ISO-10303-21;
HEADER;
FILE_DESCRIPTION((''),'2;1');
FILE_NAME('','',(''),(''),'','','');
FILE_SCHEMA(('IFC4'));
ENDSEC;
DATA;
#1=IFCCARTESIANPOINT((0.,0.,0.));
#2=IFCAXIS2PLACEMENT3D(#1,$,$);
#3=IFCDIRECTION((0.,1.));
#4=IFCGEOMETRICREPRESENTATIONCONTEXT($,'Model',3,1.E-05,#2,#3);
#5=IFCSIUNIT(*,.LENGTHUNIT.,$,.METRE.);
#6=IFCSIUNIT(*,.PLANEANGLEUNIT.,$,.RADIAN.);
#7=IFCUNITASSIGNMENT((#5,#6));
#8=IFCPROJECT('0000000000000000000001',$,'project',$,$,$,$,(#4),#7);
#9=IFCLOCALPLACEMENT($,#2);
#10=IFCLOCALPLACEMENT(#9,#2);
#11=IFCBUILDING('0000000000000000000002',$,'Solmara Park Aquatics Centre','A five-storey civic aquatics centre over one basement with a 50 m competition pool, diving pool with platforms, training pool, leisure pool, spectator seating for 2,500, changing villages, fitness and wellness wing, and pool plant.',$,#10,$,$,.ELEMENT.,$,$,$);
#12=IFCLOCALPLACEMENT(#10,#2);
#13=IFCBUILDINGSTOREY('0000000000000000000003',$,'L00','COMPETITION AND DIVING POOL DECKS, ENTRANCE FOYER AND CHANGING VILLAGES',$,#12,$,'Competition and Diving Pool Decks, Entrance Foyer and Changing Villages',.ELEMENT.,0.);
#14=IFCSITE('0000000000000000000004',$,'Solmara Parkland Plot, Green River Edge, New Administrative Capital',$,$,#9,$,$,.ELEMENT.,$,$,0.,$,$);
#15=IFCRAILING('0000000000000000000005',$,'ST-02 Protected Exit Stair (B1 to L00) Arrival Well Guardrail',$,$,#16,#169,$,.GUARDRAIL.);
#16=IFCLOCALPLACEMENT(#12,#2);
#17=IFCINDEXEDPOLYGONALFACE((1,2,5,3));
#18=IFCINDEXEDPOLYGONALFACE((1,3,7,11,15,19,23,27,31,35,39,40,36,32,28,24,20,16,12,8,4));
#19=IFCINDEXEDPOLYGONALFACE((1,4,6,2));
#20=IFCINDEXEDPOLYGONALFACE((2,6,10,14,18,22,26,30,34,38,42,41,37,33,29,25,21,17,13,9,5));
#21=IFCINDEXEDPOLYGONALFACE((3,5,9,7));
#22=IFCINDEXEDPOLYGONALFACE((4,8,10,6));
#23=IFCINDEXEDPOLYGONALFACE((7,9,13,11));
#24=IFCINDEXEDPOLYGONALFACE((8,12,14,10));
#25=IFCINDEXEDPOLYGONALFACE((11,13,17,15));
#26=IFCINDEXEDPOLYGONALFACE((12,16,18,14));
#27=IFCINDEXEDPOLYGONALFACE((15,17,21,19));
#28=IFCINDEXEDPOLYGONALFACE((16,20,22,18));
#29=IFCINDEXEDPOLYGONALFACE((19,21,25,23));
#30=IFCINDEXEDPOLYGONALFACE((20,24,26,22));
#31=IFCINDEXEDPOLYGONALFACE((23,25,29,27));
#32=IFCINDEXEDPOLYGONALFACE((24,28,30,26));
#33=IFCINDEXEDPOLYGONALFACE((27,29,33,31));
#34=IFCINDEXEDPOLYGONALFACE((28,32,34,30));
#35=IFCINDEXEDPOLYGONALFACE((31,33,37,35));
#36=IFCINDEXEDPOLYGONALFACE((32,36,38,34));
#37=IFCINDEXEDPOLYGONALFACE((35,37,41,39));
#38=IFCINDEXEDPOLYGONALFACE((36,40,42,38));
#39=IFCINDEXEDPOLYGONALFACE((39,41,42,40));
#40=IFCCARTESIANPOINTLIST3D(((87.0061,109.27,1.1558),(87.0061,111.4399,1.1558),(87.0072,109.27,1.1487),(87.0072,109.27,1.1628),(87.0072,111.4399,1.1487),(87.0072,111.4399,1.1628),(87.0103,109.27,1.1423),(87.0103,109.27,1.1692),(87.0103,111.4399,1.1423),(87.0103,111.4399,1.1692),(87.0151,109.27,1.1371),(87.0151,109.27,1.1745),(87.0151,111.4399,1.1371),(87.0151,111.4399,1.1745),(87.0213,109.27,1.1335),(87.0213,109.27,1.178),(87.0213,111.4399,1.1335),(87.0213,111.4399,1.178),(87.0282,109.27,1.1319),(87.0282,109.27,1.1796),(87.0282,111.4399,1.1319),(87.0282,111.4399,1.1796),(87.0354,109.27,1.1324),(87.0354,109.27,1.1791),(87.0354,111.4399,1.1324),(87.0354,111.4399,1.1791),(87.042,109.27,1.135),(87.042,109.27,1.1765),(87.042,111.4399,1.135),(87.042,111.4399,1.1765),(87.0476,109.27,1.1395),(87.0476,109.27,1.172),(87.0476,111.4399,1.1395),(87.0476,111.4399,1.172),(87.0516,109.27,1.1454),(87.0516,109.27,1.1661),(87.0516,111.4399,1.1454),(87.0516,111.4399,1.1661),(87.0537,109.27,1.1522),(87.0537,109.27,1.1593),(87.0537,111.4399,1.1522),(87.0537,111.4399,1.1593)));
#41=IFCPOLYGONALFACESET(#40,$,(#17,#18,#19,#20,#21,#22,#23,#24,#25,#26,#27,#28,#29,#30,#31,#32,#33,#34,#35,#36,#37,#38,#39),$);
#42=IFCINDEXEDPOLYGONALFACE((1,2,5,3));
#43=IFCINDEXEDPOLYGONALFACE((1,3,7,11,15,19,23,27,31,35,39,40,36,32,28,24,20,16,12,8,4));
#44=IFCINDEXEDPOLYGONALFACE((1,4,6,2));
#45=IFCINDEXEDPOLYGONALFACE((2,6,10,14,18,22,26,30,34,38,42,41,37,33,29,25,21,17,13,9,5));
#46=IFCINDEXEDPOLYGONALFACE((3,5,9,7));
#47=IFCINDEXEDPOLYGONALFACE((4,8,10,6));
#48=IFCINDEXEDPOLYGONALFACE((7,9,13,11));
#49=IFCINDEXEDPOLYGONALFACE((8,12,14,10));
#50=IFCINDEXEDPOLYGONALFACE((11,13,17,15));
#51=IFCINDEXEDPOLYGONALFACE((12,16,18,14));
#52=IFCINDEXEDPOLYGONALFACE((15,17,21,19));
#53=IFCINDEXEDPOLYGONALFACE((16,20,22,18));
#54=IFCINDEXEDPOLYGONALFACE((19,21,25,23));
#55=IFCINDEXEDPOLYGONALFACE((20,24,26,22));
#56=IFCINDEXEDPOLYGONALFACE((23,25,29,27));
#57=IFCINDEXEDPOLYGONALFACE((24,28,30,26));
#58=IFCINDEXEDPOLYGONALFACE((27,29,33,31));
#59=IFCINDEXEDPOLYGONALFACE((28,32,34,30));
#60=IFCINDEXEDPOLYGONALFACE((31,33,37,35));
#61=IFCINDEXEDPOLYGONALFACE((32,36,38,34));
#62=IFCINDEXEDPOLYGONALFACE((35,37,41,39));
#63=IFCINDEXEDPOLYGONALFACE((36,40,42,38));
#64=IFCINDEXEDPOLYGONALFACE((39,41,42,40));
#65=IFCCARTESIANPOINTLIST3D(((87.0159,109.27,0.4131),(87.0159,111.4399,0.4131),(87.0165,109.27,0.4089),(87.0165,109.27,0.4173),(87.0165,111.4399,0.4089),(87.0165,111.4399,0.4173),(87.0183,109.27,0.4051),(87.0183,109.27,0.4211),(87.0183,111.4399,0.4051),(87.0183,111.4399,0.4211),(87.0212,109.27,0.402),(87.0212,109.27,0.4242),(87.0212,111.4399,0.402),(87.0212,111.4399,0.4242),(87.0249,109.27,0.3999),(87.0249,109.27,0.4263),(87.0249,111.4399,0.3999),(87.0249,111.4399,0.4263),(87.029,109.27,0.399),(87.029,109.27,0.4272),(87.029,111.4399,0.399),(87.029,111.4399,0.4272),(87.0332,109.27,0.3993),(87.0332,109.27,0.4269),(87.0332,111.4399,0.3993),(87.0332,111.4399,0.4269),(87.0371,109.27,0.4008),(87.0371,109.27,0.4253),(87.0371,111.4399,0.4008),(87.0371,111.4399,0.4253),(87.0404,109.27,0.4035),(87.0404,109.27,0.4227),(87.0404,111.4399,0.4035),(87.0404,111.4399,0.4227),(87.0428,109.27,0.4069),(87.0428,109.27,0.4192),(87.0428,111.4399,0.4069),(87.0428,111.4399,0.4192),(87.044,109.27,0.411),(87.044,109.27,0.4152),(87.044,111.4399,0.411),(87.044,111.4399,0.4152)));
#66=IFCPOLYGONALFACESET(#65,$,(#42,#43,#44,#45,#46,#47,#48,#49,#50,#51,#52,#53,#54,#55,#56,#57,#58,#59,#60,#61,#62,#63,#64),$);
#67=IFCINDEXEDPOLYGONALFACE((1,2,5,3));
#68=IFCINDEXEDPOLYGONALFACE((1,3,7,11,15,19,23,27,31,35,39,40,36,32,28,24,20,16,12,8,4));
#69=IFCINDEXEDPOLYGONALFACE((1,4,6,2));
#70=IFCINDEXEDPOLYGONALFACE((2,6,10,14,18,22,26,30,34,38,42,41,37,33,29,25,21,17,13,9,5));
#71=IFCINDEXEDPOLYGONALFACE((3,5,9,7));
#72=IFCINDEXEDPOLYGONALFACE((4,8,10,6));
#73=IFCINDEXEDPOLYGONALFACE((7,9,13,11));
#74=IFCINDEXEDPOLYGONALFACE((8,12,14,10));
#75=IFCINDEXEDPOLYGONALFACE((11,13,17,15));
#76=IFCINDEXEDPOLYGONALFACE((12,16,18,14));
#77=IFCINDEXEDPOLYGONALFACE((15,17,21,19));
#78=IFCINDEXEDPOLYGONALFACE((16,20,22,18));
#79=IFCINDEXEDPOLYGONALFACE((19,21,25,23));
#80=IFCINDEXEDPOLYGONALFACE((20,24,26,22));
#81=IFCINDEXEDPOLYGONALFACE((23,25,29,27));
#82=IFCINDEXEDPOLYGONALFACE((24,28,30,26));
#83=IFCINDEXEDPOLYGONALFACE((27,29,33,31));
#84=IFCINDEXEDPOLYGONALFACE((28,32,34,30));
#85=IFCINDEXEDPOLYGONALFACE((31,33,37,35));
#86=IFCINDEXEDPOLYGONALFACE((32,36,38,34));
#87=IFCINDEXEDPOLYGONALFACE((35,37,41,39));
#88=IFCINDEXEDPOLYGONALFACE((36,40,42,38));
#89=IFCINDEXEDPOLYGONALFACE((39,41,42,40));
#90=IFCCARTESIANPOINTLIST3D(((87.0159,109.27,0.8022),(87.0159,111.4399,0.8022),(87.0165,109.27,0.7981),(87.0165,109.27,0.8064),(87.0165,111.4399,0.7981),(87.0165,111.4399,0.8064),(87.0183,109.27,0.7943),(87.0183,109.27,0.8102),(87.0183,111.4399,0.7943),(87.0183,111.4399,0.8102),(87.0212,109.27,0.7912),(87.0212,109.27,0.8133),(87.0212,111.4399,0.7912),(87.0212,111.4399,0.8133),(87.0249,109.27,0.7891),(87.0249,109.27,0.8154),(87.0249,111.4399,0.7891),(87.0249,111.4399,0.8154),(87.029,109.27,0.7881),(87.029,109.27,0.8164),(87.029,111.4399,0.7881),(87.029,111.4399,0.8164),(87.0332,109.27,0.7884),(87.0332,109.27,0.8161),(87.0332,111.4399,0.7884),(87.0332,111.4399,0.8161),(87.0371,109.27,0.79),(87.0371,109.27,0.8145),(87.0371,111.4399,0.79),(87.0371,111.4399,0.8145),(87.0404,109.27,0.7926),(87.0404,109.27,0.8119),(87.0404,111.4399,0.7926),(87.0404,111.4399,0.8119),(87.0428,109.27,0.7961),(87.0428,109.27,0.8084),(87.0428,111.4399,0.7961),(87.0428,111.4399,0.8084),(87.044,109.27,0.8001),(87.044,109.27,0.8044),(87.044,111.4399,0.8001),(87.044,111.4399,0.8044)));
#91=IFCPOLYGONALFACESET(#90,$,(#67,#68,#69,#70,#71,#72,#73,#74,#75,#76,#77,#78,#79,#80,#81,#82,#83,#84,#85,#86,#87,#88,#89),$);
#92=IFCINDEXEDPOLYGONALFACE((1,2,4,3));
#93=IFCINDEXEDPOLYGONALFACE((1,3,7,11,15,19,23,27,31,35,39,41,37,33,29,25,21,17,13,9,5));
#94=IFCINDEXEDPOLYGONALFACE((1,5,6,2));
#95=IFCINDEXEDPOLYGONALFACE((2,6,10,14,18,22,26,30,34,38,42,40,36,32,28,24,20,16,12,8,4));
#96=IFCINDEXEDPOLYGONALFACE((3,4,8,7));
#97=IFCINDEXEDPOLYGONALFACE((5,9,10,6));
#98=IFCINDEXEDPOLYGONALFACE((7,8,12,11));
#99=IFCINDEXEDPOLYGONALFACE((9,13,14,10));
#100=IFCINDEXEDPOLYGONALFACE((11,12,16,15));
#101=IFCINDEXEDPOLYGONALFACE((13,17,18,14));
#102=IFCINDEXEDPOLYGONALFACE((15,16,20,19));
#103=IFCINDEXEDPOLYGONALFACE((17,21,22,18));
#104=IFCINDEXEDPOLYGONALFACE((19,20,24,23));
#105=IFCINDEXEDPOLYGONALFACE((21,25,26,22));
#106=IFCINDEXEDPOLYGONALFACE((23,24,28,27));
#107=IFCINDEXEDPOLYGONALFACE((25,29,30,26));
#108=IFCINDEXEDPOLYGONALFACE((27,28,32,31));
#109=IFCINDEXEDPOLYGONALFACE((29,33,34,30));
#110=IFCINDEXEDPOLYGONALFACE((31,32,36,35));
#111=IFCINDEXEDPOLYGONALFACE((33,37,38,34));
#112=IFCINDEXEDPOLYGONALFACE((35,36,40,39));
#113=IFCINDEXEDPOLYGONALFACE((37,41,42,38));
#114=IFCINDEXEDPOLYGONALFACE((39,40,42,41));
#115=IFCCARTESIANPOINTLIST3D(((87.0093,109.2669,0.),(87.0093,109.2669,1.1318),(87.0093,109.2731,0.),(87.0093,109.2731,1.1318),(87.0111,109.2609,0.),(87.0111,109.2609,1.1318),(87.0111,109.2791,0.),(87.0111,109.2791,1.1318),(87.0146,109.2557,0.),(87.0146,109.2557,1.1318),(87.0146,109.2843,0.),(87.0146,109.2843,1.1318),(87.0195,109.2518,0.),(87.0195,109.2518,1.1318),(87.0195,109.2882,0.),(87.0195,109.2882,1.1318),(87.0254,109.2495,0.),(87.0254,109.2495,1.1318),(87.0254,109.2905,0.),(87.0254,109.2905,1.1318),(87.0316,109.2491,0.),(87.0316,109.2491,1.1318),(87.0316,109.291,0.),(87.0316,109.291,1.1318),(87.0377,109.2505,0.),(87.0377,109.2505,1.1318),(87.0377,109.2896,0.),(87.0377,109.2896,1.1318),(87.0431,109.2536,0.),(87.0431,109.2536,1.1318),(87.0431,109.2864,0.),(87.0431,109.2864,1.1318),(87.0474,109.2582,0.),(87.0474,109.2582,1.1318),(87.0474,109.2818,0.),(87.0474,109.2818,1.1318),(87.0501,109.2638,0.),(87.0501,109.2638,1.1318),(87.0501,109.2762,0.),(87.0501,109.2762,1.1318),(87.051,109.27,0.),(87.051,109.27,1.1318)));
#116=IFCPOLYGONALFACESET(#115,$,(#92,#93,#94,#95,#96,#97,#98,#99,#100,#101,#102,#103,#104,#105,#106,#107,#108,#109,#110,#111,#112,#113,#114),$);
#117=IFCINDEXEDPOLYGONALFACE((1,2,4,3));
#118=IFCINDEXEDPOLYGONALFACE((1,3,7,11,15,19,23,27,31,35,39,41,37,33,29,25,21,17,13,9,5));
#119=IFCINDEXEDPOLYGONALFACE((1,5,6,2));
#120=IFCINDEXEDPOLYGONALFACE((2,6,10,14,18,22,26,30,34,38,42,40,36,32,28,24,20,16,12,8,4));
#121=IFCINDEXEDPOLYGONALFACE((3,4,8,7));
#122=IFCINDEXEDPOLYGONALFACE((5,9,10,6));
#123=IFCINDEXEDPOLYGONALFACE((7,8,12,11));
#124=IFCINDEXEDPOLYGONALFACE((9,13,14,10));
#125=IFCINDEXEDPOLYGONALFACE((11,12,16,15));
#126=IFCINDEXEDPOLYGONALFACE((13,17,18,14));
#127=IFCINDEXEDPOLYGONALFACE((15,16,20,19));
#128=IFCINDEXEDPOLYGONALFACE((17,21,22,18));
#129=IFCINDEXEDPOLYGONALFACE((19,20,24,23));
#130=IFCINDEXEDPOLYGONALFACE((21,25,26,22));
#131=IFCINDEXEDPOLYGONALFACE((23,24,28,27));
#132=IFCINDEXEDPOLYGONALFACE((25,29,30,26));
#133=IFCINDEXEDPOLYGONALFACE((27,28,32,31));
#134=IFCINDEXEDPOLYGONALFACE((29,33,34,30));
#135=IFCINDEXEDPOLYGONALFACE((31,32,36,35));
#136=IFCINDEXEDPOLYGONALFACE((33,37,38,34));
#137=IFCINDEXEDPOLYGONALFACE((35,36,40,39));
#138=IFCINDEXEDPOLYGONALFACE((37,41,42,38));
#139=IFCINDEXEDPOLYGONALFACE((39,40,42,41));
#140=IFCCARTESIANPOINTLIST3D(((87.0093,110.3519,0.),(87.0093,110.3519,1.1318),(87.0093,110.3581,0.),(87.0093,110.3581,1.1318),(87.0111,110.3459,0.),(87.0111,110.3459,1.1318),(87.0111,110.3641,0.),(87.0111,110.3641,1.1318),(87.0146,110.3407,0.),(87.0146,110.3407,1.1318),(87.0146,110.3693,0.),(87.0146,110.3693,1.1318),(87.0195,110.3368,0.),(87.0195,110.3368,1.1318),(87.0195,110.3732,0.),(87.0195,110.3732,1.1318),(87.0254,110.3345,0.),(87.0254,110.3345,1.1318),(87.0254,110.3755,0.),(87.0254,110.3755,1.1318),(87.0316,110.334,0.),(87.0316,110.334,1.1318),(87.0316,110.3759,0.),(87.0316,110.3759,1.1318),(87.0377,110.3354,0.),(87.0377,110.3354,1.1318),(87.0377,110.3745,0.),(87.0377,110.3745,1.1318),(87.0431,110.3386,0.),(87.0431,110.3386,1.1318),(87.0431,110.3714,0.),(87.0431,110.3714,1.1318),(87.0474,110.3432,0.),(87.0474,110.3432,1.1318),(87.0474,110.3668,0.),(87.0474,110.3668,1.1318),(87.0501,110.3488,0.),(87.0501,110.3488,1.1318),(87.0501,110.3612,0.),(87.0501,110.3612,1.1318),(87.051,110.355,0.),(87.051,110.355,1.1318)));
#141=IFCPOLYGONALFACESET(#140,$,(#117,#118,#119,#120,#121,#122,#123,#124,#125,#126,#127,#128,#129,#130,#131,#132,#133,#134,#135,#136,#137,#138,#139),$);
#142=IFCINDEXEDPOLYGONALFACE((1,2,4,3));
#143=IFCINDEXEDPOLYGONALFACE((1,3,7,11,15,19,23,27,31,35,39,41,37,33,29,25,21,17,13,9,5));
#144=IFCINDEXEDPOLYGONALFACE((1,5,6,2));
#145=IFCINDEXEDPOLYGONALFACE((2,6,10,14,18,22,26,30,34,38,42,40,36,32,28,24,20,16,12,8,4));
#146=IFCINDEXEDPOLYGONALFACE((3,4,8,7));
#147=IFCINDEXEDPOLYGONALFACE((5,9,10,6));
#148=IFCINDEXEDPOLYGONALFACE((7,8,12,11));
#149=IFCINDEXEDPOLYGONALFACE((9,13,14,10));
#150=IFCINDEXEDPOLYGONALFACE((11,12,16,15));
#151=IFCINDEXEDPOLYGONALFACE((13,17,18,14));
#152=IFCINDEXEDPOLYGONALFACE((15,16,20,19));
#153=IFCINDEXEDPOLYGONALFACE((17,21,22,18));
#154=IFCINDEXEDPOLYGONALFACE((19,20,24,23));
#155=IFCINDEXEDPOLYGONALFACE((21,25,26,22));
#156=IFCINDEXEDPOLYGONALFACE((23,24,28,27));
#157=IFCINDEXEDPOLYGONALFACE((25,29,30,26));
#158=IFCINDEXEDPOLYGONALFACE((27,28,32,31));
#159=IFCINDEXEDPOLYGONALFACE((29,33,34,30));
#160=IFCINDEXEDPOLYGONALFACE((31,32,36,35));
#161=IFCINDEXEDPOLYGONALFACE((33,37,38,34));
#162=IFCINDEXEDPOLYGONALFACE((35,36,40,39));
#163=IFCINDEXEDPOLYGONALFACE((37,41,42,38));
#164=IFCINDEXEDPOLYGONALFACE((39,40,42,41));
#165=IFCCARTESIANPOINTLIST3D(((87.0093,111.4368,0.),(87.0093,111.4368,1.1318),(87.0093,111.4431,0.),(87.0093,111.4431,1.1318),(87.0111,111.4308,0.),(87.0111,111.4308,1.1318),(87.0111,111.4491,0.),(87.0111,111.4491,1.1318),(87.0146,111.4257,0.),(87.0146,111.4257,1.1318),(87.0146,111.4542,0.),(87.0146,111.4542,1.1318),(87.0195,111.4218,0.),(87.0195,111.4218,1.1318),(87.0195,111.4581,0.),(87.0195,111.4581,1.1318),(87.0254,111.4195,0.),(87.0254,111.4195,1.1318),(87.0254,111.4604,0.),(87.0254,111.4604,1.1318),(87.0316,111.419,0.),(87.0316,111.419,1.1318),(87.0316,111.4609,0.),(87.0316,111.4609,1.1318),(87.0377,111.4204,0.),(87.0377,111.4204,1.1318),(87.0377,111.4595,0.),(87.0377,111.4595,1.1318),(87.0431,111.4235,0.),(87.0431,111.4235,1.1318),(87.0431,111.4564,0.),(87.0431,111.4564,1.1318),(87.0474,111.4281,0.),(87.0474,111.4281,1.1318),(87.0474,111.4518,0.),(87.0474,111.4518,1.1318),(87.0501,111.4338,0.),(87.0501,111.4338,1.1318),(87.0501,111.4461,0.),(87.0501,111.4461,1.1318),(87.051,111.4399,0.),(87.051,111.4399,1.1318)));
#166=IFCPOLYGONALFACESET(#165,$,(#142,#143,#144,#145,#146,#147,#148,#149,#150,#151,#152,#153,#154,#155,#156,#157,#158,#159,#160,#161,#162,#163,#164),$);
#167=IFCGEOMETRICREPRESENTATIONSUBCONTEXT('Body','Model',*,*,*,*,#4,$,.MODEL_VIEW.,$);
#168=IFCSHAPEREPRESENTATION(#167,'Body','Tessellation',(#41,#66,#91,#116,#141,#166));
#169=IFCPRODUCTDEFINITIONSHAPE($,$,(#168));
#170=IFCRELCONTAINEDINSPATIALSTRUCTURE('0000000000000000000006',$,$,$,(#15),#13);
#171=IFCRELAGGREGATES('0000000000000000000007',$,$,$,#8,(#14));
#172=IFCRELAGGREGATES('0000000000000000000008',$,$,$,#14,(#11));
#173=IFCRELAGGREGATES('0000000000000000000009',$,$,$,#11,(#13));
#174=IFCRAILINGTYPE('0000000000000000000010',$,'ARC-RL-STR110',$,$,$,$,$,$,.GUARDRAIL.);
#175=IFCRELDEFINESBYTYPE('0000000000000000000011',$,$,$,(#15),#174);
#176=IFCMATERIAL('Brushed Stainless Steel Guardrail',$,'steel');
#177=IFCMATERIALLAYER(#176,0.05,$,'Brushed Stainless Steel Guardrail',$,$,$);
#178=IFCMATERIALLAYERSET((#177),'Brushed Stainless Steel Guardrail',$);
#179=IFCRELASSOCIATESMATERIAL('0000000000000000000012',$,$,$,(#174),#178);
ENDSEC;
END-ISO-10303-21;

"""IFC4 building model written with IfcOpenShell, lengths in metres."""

from ifc_helpers import new_model, si_unit, direction, frame, origin, origin_2d, place, context, subcontext, project, spatial, circle, extrude, material, layer, layer_set, type_object, element, save


model = new_model("IFC4")

# Units and contexts
model_context = context("Model", 3, precision=1e-05, world=origin(), true_north=direction((0.0, 1.0)))
body_context = subcontext(model_context, "Body", "Model", "MODEL_VIEW")
ifc_project = project(units=[si_unit("LENGTHUNIT", "METRE"), si_unit("PLANEANGLEUNIT", "RADIAN")], contexts=[model_context])

# Site, building, storey
site_placement = place(None, origin())
site = spatial("IfcSite", under=ifc_project, at=site_placement, Name="Solmara Parkland Plot, Green River Edge, New Administrative Capital", CompositionType="ELEMENT", RefElevation=0.0)
building_placement = place(site_placement, origin())
building = spatial("IfcBuilding", under=site, at=building_placement, Name="Solmara Park Aquatics Centre", Description="A five-storey civic aquatics centre over one basement with a 50 m competition pool, diving pool with platforms, training pool, leisure pool, spectator seating for 2,500, changing villages, fitness and wellness wing, and pool plant.", CompositionType="ELEMENT")
storey_placement = place(building_placement, origin())
storey = spatial("IfcBuildingStorey", under=building, at=storey_placement, Name="L00", Description="COMPETITION AND DIVING POOL DECKS, ENTRANCE FOYER AND CHANGING VILLAGES", LongName="Competition and Diving Pool Decks, Entrance Foyer and Changing Villages", CompositionType="ELEMENT", Elevation=0.0)

# Railing
ifc_material_1 = material(Name="Brushed Stainless Steel Guardrail", Category="steel")
ifc_layer_1 = layer(ifc_material_1, 0.05, Name="Brushed Stainless Steel Guardrail")
ifc_layer_set_1 = layer_set([ifc_layer_1], Name="Brushed Stainless Steel Guardrail")
railing_type_1 = type_object("IfcRailingType", Name="ARC-RL-STR110", PredefinedType="GUARDRAIL", material=ifc_layer_set_1)
railing_1_placement = place(storey_placement, frame((87.03, 109.27, 0.0)))
element("IfcRailing", 1, at=railing_1_placement, inside=storey, type_object=railing_type_1, Name="ST-02 Protected Exit Stair (B1 to L00) Arrival Well Guardrail", PredefinedType="GUARDRAIL", context=body_context, shape_type="SweptSolid", body=[
    extrude(circle(Radius=0.0239, at=origin_2d()), frame((0.0, 0.0, 1.1558), z_axis=(0.0, 1.0, 0.0), x_axis=(-1.0, 0.0, 0.0)), (0.0, 0.0, 1.0), 2.1699),
    extrude(circle(Radius=0.0142, at=origin_2d()), frame((0.0, 0.0, 0.4131), z_axis=(0.0, 1.0, 0.0), x_axis=(-1.0, 0.0, 0.0)), (0.0, 0.0, 1.0), 2.1699),
    extrude(circle(Radius=0.0142, at=origin_2d()), frame((0.0, 0.0, 0.8022), z_axis=(0.0, 1.0, 0.0), x_axis=(-1.0, 0.0, 0.0)), (0.0, 0.0, 1.0), 2.1699),
    extrude(circle(Radius=0.021, at=origin_2d()), origin(), (0.0, 0.0, 1.0), 1.1318),
    extrude(circle(Radius=0.021, at=origin_2d()), frame((0.0, 1.085, 0.0)), (0.0, 0.0, 1.0), 1.1318),
    extrude(circle(Radius=0.021, at=origin_2d()), frame((0.0, 2.1699, 0.0)), (0.0, 0.0, 1.0), 1.1318),
])

save(model, "model.ifc")
